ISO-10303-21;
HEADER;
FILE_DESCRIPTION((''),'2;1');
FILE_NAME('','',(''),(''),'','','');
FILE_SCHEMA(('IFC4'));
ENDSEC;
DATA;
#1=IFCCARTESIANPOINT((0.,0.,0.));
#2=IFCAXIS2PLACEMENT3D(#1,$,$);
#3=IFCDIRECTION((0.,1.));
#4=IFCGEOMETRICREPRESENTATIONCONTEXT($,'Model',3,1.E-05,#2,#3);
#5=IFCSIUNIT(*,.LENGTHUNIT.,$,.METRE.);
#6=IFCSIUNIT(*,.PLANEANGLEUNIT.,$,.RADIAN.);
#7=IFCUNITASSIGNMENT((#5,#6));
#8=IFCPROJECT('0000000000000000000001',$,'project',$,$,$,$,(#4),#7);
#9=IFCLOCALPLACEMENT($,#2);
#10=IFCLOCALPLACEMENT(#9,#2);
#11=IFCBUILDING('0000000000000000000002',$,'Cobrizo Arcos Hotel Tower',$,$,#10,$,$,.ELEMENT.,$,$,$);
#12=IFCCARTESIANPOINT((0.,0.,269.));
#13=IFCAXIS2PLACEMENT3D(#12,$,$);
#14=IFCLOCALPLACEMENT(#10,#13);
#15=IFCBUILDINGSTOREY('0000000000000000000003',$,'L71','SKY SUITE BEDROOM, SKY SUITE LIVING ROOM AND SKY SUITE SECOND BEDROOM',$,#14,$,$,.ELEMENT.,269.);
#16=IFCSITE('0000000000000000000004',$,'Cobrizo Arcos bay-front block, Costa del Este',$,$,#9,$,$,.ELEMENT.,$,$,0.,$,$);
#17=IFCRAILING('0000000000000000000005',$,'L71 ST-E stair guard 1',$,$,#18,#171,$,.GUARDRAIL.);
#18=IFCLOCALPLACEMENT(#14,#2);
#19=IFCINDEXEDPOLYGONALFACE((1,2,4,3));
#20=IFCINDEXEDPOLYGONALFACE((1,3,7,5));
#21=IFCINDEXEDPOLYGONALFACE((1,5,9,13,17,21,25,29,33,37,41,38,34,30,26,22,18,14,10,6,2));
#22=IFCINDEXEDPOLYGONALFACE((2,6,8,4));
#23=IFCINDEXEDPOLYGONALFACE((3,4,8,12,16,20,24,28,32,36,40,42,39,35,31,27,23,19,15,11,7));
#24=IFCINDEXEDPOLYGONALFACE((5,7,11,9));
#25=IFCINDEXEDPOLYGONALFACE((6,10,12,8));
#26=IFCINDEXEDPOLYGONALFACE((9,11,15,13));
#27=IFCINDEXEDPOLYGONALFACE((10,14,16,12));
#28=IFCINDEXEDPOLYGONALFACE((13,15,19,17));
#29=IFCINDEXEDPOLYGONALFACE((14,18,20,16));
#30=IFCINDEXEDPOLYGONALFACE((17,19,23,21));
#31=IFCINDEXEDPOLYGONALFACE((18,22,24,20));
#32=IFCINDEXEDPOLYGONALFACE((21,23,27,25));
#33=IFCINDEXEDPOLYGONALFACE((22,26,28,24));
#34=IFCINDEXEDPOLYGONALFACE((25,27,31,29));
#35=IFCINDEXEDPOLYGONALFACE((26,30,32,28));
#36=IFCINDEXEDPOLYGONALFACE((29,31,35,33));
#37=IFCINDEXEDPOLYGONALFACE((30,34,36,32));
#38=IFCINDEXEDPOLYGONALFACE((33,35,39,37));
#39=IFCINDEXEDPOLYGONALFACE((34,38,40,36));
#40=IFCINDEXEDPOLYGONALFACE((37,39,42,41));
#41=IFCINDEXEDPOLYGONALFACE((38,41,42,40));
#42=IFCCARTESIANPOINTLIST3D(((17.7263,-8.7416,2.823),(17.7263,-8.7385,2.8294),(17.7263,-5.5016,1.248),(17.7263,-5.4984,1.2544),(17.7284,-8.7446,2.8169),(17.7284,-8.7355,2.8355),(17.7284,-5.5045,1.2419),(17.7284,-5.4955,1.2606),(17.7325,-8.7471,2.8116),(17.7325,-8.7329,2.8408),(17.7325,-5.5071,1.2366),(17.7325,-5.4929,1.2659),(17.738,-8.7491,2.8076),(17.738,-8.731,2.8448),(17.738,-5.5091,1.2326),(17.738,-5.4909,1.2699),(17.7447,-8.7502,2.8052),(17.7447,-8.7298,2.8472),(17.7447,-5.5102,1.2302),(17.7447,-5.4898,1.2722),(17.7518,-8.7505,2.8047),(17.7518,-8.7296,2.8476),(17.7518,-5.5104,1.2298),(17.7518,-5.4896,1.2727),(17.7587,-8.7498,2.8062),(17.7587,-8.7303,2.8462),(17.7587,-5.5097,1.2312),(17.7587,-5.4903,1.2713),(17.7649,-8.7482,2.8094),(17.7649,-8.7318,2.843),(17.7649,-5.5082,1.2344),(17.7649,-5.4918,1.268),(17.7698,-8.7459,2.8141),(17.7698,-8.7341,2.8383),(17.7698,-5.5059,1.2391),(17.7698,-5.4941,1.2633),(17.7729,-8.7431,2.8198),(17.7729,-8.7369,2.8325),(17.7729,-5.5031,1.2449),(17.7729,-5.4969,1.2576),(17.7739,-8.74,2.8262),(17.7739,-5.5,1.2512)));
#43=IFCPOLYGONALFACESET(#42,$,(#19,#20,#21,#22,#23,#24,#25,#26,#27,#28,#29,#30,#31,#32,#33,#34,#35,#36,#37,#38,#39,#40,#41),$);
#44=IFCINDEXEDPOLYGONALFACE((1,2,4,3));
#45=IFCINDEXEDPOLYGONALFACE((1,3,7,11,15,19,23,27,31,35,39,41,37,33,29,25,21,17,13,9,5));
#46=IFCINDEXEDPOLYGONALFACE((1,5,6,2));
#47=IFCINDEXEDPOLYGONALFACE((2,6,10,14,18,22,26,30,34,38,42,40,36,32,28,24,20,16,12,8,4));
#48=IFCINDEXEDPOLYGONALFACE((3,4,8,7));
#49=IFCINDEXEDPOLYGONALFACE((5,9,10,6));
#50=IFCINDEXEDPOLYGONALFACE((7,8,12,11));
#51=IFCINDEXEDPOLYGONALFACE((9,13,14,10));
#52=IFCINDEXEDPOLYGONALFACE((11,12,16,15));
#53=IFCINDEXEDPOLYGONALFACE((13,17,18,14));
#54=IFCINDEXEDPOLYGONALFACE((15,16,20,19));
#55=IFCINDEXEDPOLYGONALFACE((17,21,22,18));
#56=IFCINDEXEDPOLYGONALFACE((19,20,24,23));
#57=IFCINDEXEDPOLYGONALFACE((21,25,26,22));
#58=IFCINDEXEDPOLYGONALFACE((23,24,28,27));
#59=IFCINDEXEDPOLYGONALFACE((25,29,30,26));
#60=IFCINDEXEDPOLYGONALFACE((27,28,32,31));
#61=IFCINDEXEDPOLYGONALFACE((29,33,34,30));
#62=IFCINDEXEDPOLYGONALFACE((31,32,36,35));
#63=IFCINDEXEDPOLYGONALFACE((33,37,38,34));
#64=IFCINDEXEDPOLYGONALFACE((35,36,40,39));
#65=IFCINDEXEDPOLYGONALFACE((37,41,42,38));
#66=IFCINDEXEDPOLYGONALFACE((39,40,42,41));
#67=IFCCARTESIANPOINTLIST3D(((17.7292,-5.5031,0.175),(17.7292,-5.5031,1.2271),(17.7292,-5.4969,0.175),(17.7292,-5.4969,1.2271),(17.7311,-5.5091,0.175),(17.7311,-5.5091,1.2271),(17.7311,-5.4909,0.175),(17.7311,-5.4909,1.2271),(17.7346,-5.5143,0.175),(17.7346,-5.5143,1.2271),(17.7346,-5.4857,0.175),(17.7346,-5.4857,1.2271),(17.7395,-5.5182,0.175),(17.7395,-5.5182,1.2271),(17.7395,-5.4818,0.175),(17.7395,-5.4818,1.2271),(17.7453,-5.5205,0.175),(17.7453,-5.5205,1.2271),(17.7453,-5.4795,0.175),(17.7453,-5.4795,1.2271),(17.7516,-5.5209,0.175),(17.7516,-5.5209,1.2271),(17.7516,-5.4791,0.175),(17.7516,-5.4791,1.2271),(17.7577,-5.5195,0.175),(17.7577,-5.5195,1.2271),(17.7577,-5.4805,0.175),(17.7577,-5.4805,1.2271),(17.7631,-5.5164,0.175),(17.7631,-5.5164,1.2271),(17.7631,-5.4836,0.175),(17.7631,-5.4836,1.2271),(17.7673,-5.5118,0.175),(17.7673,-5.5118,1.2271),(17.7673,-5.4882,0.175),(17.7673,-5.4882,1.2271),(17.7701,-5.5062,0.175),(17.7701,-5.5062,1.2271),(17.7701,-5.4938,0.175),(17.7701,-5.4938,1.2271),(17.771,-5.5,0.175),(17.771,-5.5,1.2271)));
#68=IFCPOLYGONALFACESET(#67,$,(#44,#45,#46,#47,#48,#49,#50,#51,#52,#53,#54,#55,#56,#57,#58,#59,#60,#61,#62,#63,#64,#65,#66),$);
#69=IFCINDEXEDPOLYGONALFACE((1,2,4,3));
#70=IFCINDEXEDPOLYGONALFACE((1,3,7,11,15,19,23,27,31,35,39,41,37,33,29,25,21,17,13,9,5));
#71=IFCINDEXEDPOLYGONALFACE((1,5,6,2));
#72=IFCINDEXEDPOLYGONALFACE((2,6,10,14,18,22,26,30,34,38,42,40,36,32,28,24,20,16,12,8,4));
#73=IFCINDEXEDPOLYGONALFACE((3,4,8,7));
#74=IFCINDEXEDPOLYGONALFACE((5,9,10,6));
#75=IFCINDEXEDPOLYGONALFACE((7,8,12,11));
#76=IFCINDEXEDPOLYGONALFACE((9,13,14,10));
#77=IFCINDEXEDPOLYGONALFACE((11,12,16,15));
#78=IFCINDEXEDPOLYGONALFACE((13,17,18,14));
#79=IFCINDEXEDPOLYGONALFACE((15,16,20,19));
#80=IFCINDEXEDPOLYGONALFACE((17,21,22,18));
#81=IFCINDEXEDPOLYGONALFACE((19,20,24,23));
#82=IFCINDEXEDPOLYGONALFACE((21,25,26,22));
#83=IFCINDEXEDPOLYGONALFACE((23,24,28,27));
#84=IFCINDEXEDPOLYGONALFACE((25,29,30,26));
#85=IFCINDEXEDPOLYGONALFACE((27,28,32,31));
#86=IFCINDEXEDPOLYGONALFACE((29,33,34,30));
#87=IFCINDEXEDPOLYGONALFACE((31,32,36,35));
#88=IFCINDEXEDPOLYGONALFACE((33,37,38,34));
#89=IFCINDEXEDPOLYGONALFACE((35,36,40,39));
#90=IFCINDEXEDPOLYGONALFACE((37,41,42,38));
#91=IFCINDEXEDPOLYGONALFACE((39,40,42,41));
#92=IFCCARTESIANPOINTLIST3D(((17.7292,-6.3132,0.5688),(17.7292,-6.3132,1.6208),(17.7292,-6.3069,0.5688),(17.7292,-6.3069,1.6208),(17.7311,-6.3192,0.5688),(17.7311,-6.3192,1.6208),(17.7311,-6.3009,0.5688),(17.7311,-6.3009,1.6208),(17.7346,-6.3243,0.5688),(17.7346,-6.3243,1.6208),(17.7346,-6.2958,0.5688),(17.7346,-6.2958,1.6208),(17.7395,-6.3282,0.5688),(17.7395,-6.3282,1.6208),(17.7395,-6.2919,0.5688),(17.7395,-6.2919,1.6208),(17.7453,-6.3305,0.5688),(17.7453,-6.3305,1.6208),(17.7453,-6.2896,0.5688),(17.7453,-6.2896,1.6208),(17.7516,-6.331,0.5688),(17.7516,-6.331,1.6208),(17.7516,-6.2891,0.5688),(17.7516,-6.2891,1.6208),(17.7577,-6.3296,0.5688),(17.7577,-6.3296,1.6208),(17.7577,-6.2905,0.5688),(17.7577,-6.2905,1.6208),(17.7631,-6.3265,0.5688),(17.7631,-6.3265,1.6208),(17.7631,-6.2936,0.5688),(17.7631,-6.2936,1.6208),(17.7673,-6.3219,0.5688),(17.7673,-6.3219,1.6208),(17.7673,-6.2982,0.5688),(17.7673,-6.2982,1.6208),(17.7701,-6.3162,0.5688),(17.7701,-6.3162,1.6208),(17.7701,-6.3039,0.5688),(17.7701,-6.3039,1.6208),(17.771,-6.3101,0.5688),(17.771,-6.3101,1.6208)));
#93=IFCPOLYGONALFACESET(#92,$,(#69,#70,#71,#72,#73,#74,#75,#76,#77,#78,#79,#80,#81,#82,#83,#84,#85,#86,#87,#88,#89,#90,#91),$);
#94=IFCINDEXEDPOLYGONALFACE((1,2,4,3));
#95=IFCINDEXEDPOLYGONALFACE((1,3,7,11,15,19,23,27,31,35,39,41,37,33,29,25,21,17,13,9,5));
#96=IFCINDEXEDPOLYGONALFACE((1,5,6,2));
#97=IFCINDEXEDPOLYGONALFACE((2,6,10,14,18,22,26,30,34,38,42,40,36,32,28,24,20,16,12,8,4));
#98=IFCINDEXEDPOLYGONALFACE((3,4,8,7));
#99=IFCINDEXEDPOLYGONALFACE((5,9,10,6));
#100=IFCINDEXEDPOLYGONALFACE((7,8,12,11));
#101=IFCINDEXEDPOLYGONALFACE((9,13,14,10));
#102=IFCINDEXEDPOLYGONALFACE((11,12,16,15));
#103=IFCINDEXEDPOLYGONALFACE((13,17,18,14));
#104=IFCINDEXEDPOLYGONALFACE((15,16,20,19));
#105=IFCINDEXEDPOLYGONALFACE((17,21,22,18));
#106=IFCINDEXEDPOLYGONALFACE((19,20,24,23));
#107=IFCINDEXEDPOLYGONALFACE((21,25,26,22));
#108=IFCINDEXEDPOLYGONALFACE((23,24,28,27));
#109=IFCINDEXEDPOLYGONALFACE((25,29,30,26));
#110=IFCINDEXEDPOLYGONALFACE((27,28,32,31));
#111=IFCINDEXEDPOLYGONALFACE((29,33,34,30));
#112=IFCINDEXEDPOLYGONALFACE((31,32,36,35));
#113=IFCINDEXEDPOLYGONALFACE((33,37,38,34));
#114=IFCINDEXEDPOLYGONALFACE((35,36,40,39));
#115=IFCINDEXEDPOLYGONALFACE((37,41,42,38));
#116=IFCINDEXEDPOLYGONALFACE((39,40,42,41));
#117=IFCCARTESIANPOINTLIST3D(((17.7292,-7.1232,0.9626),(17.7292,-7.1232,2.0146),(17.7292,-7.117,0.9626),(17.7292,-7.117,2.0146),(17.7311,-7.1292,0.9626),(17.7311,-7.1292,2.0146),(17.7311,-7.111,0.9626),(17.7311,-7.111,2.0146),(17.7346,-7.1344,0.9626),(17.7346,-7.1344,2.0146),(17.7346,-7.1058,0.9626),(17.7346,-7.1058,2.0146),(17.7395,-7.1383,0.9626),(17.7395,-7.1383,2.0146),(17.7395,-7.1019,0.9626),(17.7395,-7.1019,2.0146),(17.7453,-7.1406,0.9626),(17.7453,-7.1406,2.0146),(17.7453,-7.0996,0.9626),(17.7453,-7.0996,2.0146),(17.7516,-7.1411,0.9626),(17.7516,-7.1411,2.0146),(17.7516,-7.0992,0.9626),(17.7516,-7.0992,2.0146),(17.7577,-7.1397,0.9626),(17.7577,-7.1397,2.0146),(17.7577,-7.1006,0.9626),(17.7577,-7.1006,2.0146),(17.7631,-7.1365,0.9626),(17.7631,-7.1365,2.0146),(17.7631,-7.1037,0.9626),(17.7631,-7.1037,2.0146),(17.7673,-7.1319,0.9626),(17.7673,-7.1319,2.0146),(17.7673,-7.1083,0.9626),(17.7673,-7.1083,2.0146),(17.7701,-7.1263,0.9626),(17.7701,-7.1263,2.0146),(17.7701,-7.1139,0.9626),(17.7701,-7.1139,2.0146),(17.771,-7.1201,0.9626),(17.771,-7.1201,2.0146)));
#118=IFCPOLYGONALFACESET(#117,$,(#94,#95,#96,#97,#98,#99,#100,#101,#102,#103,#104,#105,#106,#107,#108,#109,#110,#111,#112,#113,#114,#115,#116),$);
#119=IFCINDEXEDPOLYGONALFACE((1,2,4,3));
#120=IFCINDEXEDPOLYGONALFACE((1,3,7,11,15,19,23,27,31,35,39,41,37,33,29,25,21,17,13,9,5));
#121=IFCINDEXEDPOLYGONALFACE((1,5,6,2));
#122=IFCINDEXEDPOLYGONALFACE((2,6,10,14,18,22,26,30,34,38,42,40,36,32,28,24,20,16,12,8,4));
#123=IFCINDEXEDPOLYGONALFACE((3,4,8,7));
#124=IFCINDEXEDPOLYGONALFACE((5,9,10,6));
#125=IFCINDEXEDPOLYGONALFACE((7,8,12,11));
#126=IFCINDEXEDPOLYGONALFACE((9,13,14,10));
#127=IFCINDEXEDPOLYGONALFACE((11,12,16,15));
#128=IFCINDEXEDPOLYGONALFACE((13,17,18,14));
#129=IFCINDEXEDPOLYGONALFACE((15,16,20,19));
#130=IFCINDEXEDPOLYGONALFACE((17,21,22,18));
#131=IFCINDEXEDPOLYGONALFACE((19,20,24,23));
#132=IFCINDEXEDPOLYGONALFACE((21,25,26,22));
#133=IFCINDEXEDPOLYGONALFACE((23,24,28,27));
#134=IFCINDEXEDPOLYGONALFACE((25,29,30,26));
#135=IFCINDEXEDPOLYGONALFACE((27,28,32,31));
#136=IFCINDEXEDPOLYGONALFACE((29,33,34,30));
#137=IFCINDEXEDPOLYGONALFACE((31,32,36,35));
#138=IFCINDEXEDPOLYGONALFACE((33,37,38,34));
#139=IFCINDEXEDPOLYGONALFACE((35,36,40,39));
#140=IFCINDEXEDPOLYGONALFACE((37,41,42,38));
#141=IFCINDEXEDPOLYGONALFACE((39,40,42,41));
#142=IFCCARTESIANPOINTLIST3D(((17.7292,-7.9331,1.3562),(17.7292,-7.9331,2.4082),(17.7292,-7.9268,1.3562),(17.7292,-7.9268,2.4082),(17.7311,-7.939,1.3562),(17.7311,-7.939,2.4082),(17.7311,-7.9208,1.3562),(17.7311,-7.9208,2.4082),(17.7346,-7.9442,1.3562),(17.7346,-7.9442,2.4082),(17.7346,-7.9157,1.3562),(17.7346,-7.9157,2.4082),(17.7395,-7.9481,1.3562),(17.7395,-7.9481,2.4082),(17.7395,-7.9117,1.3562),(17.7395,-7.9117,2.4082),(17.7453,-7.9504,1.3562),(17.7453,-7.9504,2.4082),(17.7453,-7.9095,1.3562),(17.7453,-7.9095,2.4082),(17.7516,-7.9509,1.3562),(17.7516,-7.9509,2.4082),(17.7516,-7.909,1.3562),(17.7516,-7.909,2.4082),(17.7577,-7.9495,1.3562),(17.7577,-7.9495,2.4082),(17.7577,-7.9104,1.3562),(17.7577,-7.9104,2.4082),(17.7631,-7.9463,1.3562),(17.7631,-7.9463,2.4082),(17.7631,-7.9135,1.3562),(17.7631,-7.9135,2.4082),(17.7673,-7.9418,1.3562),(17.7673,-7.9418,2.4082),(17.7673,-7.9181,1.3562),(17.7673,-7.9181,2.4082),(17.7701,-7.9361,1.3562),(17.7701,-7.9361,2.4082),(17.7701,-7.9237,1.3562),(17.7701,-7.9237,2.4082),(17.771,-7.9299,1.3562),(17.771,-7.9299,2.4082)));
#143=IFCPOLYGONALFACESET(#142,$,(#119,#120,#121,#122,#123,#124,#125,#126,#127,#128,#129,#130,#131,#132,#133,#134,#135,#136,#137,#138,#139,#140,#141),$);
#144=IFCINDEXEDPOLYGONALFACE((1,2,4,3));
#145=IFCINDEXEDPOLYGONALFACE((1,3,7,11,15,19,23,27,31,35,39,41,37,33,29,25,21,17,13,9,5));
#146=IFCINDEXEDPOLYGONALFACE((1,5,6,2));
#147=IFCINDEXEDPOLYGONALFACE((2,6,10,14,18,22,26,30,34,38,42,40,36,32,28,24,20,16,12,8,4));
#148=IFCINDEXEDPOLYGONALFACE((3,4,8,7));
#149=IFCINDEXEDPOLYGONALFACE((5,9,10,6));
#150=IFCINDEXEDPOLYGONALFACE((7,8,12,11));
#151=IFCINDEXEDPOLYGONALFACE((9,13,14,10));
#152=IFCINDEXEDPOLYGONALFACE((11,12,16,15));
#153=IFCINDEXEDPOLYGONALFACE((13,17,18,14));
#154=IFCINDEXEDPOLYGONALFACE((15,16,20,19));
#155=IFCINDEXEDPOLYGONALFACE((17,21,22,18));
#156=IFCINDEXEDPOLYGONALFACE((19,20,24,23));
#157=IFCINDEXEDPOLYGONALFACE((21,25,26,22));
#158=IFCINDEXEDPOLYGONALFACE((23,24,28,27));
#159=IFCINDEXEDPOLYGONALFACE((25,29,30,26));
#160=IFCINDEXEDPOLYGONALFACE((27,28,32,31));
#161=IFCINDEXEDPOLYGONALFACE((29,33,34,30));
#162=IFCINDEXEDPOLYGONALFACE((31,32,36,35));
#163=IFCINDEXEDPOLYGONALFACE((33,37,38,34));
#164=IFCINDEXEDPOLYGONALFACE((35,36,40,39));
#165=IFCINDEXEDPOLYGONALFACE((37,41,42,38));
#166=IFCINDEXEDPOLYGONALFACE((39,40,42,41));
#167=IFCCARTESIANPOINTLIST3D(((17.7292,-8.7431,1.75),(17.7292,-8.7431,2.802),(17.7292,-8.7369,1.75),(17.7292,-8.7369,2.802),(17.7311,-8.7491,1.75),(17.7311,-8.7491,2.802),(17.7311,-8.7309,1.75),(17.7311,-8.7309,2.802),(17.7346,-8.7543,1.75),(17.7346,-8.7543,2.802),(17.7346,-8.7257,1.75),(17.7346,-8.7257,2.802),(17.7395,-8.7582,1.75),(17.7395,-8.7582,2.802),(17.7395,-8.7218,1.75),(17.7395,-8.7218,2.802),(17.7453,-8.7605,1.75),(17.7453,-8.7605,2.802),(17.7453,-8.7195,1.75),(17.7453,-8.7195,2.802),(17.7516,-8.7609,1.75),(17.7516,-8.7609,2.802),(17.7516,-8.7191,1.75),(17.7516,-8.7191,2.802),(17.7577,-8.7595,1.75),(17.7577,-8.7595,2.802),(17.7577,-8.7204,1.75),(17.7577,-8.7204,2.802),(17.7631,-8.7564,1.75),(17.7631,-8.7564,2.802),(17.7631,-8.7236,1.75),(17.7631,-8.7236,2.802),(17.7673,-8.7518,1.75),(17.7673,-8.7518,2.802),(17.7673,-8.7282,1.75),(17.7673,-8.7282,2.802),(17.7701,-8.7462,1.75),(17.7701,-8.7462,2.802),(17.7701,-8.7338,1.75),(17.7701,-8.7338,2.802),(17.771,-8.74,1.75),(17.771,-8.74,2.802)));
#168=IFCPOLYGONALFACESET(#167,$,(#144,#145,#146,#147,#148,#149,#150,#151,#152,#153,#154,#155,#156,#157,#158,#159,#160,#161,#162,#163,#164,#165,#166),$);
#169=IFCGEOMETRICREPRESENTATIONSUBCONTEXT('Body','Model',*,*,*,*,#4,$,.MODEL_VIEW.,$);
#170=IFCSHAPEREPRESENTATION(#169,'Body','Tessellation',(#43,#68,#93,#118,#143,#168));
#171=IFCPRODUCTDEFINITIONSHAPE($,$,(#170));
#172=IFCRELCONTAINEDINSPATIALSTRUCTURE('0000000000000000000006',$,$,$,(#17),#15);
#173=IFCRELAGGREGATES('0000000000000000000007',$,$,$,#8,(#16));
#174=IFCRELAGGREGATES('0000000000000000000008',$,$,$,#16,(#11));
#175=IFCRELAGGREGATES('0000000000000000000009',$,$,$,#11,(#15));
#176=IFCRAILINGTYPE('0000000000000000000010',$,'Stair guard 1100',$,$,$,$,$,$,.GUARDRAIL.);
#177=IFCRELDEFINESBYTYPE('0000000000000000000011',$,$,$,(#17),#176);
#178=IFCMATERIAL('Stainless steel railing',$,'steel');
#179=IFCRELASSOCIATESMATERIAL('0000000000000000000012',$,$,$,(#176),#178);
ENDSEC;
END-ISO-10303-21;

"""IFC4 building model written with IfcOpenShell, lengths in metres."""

from ifc_helpers import new_model, si_unit, direction, frame, origin, origin_2d, place, context, subcontext, project, spatial, circle, extrude, material, type_object, element, save


model = new_model("IFC4")

# Units and contexts
model_context = context("Model", 3, precision=1e-05, world=origin(), true_north=direction((0.0, 1.0)))
body_context = subcontext(model_context, "Body", "Model", "MODEL_VIEW")
ifc_project = project(units=[si_unit("LENGTHUNIT", "METRE"), si_unit("PLANEANGLEUNIT", "RADIAN")], contexts=[model_context])

# Site, building, storey
site_placement = place(None, origin())
site = spatial("IfcSite", under=ifc_project, at=site_placement, Name="Cobrizo Arcos bay-front block, Costa del Este", CompositionType="ELEMENT", RefElevation=0.0)
building_placement = place(site_placement, origin())
building = spatial("IfcBuilding", under=site, at=building_placement, Name="Cobrizo Arcos Hotel Tower", CompositionType="ELEMENT")
storey_placement = place(building_placement, frame((0.0, 0.0, 269.0)))
storey = spatial("IfcBuildingStorey", under=building, at=storey_placement, Name="L71", Description="SKY SUITE BEDROOM, SKY SUITE LIVING ROOM AND SKY SUITE SECOND BEDROOM", CompositionType="ELEMENT", Elevation=269.0)

# Railing
ifc_material_1 = material(Name="Stainless steel railing", Category="steel")
railing_type_1 = type_object("IfcRailingType", Name="Stair guard 1100", PredefinedType="GUARDRAIL", material=ifc_material_1)
railing_1_placement = place(storey_placement, frame((17.75, -5.5, 0.175)))
element("IfcRailing", 1, at=railing_1_placement, inside=storey, type_object=railing_type_1, Name="L71 ST-E stair guard 1", PredefinedType="GUARDRAIL", context=body_context, shape_type="SweptSolid", body=[
    extrude(circle(Radius=0.0239, at=origin_2d()), frame((0.0, 0.0, 1.0762), z_axis=(0.0, -0.899373, 0.437183), x_axis=(1.0, 0.0, 0.0)), (0.0, 0.0, 1.0), 3.6025),
    extrude(circle(Radius=0.021, at=origin_2d()), origin(), (0.0, 0.0, 1.0), 1.052),
    extrude(circle(Radius=0.021, at=origin_2d()), frame((0.0, -0.8101, 0.3938)), (0.0, 0.0, 1.0), 1.052),
    extrude(circle(Radius=0.021, at=origin_2d()), frame((0.0, -1.6201, 0.7876)), (0.0, 0.0, 1.0), 1.052),
    extrude(circle(Radius=0.021, at=origin_2d()), frame((0.0, -2.4299, 1.1812)), (0.0, 0.0, 1.0), 1.052),
    extrude(circle(Radius=0.021, at=origin_2d()), frame((0.0, -3.24, 1.575)), (0.0, 0.0, 1.0), 1.052),
])

save(model, "model.ifc")
